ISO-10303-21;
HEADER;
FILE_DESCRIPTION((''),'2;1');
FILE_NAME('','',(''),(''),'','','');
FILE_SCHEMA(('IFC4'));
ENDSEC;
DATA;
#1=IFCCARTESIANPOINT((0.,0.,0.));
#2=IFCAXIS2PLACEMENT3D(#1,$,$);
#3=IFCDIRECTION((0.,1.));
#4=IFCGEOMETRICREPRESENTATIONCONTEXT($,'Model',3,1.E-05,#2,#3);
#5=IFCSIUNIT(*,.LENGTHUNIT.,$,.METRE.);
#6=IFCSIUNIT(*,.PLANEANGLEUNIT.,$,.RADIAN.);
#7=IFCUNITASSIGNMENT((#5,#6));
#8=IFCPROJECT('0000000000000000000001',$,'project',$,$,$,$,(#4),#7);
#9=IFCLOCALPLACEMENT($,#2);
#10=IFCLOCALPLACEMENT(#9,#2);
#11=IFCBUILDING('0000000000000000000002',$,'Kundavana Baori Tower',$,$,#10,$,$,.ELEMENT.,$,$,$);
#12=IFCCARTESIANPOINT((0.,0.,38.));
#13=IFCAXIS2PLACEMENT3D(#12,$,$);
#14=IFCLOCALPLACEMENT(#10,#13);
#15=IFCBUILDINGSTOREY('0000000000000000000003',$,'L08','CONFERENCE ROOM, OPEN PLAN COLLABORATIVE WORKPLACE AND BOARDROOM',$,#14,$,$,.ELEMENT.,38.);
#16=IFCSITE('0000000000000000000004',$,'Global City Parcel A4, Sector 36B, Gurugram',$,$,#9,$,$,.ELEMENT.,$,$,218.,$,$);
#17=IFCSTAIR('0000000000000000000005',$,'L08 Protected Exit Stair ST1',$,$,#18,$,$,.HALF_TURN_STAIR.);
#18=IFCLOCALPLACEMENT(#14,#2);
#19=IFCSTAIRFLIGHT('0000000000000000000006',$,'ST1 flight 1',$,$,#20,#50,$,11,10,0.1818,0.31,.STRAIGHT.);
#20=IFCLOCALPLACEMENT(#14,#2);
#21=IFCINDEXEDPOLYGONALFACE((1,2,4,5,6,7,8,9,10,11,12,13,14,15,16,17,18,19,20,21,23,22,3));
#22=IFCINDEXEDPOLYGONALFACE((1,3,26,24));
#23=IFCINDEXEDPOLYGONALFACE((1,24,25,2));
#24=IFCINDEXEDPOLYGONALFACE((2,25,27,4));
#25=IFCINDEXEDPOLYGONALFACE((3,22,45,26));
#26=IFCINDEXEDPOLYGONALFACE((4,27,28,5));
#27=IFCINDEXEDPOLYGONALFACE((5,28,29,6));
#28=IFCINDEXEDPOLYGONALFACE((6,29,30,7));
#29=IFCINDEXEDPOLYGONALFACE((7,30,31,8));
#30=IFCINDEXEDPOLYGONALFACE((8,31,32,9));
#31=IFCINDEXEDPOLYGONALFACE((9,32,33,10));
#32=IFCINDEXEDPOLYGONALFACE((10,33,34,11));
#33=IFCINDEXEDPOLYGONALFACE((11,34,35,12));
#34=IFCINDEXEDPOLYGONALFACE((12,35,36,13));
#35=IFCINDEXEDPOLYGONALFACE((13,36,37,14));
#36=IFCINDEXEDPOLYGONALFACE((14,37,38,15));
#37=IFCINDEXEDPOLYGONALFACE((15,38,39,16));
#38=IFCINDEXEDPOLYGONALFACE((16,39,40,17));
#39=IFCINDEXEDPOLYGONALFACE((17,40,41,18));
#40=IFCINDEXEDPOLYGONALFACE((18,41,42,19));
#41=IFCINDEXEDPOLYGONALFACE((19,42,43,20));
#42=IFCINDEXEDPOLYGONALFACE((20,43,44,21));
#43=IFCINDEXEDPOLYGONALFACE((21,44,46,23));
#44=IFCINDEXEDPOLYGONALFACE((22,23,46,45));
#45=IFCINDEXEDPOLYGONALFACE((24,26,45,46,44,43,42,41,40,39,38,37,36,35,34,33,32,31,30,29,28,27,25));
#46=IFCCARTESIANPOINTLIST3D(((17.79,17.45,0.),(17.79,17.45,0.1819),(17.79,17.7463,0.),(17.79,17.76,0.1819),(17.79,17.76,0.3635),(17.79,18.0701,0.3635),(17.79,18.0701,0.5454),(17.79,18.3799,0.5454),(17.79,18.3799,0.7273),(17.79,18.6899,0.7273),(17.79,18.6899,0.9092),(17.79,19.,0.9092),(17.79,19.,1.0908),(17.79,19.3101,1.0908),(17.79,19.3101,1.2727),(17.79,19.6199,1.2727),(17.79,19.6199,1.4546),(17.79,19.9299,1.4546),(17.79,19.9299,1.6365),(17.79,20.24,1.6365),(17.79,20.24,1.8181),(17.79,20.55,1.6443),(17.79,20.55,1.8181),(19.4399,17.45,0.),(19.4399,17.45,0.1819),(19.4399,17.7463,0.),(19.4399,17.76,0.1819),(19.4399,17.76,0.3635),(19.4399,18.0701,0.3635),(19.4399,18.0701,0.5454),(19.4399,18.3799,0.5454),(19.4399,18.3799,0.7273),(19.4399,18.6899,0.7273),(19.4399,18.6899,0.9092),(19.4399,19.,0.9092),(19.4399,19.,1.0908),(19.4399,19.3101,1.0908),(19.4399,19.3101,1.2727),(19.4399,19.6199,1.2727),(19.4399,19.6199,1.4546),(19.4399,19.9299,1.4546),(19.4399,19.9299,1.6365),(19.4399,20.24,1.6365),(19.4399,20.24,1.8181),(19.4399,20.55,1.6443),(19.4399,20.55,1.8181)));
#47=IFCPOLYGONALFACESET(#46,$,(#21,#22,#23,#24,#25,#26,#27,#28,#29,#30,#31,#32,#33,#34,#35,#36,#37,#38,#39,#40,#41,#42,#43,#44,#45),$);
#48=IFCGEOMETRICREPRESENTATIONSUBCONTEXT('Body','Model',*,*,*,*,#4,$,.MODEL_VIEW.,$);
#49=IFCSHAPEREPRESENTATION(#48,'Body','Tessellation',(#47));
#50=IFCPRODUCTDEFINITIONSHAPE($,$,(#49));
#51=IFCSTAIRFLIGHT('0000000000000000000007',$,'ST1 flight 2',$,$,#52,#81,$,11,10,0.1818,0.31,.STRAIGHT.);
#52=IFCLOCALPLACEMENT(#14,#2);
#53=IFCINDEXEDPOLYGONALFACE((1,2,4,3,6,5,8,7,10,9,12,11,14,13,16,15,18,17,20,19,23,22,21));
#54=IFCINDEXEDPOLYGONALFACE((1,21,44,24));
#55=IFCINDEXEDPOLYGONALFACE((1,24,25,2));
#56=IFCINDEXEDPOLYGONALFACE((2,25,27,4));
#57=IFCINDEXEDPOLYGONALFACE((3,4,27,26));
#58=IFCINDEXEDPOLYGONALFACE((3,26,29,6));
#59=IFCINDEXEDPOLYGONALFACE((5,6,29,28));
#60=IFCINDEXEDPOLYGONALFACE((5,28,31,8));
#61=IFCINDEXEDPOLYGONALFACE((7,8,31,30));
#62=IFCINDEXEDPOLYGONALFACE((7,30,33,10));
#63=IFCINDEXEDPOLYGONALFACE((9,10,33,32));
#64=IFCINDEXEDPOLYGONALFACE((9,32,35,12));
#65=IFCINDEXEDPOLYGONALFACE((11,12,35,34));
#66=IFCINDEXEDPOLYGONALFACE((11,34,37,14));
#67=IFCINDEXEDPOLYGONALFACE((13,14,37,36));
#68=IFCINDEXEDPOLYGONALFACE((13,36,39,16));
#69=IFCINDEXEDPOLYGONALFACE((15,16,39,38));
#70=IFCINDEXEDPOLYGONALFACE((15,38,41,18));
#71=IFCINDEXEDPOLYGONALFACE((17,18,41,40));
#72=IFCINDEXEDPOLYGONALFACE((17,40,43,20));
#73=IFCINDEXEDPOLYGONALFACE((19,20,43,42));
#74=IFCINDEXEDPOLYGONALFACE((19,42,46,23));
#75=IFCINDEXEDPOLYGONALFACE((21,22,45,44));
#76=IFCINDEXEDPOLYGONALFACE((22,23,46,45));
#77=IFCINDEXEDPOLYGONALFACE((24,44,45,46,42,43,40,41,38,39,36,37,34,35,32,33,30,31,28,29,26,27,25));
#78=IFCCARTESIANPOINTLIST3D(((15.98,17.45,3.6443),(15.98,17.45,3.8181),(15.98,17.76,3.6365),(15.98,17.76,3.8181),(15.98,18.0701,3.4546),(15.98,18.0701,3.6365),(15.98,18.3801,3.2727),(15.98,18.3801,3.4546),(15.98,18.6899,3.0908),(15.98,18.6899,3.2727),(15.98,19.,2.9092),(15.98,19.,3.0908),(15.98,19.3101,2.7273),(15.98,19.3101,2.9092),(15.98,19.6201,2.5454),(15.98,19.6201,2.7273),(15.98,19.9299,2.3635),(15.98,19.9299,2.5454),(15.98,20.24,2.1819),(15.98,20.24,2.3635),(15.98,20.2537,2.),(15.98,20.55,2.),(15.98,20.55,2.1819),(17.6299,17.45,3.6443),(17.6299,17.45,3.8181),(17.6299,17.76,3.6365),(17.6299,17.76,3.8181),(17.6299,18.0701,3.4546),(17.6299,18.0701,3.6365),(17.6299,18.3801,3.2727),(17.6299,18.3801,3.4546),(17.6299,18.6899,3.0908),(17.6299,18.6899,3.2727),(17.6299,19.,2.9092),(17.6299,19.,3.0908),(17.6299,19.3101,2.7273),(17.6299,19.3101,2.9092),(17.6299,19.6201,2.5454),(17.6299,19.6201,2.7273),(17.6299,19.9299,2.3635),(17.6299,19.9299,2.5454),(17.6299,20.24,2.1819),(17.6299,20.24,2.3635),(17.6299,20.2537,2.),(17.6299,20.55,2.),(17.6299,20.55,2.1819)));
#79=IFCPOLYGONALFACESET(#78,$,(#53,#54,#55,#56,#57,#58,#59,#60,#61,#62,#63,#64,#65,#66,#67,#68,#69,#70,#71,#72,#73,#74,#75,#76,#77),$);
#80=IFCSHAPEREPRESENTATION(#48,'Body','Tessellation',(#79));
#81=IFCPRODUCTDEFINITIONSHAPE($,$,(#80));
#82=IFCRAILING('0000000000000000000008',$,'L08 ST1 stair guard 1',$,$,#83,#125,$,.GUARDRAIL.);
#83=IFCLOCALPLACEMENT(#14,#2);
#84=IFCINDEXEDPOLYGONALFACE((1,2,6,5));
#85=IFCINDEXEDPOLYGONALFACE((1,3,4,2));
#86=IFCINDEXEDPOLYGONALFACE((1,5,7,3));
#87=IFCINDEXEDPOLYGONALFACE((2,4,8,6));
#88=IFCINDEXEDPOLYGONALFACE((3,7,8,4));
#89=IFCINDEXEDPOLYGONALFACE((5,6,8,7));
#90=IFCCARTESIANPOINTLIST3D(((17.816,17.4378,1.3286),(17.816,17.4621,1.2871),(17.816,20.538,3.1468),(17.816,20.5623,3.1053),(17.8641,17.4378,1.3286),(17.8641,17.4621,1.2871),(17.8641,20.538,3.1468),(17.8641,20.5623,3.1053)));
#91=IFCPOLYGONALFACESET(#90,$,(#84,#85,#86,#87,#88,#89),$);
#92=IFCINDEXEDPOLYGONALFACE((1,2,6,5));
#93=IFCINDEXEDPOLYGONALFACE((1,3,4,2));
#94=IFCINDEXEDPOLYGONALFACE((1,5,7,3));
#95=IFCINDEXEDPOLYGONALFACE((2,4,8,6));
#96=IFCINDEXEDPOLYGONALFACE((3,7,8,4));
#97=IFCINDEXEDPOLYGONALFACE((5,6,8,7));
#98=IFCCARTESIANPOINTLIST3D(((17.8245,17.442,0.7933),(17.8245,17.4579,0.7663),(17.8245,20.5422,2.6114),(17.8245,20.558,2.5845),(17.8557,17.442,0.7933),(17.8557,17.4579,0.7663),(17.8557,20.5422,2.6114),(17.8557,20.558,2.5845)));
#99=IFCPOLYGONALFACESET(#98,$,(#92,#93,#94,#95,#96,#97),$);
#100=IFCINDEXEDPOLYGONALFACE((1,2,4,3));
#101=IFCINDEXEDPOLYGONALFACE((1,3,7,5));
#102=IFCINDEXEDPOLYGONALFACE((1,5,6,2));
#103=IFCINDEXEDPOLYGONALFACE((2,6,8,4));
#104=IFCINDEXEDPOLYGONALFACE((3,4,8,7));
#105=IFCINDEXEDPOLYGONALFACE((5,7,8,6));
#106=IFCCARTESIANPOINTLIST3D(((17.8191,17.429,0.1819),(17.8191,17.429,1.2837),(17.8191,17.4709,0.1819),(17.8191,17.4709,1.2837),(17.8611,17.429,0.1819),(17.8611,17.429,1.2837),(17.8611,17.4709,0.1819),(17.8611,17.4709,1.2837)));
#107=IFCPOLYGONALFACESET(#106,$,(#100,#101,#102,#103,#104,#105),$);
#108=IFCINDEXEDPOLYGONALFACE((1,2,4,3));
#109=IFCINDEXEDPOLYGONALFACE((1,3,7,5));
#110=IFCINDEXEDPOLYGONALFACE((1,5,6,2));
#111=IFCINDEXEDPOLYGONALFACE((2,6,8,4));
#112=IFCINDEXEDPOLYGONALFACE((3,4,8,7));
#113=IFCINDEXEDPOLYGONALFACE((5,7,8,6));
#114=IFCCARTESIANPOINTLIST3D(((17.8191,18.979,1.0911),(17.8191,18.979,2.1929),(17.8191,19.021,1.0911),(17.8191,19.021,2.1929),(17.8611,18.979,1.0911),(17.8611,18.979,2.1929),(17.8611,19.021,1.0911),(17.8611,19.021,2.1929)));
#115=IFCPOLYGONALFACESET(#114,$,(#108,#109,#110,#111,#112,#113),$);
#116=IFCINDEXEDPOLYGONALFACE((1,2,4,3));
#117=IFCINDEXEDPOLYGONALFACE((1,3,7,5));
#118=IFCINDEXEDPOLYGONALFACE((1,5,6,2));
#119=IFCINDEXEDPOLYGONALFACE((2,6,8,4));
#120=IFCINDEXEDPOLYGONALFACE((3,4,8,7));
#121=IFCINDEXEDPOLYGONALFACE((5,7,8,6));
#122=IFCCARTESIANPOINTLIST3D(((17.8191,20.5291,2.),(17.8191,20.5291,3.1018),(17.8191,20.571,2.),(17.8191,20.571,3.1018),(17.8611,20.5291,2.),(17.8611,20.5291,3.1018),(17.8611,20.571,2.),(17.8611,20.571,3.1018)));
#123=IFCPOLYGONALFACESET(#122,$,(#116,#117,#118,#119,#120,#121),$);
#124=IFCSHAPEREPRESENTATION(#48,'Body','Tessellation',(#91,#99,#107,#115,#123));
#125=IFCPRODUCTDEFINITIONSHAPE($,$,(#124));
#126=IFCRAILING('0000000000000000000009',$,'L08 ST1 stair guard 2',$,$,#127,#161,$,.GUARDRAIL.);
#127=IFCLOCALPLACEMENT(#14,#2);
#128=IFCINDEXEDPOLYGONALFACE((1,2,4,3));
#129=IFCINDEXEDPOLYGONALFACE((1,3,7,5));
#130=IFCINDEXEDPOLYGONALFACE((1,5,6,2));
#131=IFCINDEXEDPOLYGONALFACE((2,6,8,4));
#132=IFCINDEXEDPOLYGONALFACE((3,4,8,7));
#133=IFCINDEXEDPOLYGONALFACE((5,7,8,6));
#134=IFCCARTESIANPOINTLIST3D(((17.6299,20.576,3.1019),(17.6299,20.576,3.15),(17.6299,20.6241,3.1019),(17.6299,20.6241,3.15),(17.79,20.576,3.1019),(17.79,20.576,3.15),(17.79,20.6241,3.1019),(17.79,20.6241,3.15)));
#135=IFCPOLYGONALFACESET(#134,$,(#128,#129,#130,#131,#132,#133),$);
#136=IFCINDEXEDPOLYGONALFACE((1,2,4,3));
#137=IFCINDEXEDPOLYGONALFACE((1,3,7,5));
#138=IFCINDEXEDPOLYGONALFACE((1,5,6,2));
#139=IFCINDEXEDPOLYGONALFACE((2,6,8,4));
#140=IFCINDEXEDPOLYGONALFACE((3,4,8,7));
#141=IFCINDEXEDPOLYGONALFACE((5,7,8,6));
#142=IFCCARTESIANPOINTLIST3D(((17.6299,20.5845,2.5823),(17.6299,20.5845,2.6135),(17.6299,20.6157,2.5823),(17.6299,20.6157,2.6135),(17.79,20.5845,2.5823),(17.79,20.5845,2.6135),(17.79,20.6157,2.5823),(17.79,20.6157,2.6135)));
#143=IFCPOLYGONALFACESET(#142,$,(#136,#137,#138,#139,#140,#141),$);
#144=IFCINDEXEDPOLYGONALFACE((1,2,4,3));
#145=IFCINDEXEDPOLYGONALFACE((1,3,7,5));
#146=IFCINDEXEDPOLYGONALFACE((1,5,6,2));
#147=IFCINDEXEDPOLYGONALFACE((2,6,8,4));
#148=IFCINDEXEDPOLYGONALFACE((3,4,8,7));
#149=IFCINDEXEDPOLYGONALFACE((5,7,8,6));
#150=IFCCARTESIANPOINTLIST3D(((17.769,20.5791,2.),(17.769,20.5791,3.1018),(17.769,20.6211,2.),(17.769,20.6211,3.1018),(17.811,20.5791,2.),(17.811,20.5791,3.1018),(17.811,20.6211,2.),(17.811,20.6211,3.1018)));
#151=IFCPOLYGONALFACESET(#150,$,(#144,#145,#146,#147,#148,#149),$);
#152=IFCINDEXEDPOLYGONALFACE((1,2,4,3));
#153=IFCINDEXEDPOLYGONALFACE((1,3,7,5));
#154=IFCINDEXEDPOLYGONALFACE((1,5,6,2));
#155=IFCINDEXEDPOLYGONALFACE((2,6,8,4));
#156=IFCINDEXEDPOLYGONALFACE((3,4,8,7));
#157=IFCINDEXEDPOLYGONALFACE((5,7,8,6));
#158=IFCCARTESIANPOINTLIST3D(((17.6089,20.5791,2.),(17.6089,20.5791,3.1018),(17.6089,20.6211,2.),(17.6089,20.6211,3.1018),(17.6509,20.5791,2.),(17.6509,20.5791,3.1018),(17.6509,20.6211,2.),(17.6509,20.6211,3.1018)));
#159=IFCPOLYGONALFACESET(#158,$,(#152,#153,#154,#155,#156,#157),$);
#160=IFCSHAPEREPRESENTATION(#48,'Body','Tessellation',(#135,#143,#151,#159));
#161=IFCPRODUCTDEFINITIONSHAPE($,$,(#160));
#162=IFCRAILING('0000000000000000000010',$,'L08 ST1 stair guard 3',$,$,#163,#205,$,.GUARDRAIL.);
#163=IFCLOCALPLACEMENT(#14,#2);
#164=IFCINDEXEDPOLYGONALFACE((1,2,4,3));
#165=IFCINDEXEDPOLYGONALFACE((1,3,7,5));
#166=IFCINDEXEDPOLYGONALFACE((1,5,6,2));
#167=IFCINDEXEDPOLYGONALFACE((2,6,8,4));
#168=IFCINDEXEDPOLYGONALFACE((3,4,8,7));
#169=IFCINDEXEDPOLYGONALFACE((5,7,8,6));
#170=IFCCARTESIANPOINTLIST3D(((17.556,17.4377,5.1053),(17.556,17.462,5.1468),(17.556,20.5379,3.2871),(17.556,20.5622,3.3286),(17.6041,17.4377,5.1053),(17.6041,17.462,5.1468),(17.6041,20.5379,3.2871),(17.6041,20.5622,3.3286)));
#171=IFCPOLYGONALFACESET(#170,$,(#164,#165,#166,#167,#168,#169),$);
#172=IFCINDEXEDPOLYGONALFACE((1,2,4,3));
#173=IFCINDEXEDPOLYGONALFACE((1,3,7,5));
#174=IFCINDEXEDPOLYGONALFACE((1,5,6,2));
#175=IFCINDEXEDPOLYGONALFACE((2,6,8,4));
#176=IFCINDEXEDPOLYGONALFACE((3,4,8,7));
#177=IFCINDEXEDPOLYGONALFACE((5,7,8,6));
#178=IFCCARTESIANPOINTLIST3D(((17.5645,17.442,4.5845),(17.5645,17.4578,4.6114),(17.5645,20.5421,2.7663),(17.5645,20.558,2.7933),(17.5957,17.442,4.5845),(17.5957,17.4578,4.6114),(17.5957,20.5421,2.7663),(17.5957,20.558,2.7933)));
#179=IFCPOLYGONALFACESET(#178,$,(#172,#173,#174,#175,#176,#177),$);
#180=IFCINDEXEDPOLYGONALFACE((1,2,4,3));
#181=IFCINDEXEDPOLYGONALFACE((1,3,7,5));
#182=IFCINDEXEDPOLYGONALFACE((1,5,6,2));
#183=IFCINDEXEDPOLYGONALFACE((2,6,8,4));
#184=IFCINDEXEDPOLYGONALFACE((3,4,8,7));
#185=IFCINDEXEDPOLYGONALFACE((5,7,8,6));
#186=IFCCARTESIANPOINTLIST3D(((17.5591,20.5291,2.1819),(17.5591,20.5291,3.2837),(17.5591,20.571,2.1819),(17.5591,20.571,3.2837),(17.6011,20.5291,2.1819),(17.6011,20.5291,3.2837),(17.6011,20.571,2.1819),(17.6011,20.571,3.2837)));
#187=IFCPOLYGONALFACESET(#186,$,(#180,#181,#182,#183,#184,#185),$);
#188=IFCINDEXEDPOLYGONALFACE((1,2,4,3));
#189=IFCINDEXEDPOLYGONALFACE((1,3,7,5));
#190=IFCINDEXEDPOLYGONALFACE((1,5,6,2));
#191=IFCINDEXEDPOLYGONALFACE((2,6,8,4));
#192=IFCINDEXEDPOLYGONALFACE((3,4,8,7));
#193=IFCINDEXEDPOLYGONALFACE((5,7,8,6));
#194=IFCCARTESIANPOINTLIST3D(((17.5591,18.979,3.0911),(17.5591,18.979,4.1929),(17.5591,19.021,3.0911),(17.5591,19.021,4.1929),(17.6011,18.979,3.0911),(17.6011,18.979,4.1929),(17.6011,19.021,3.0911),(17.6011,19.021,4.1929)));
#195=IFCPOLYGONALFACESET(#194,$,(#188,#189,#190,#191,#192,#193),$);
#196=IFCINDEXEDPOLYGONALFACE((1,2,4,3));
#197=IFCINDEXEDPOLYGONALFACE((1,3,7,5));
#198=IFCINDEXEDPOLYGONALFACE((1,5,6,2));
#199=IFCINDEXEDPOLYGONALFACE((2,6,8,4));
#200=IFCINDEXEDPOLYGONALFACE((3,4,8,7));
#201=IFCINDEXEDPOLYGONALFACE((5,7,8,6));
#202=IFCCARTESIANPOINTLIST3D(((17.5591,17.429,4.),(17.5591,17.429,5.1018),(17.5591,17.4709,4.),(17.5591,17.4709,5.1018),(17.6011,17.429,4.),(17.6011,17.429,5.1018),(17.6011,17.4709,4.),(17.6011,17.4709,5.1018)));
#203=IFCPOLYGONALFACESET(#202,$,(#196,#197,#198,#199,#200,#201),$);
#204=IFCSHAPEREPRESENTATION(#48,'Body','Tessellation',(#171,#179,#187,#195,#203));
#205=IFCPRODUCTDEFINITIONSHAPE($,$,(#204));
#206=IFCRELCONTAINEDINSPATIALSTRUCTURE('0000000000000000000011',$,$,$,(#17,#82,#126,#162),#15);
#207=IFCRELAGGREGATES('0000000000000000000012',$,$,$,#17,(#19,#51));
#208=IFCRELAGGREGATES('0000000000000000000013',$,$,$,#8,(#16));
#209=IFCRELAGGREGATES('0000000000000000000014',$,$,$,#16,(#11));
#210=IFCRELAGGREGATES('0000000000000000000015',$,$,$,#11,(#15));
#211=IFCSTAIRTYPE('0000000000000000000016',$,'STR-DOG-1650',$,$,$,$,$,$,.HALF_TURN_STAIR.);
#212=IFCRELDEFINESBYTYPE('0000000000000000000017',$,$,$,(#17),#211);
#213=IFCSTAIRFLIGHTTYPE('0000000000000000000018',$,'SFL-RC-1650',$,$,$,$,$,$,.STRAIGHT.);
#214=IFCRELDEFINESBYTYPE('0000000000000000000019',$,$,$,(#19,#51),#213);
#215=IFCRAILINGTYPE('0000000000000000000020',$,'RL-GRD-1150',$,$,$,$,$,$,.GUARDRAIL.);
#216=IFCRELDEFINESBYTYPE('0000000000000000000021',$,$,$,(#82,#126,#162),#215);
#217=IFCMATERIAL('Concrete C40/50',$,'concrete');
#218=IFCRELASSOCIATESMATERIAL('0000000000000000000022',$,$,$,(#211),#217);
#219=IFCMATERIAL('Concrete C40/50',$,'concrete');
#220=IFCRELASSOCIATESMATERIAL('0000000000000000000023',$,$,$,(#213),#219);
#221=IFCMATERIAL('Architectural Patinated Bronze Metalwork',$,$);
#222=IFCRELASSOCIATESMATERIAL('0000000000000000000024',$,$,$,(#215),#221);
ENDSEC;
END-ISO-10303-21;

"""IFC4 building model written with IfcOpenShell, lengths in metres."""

from ifc_helpers import new_model, si_unit, direction, frame, origin, origin_2d, place, context, subcontext, project, spatial, polyline, rectangle, outline, extrude, material, type_object, element, aggregate, save


model = new_model("IFC4")

# Units and contexts
model_context = context("Model", 3, precision=1e-05, world=origin(), true_north=direction((0.0, 1.0)))
body_context = subcontext(model_context, "Body", "Model", "MODEL_VIEW")
ifc_project = project(units=[si_unit("LENGTHUNIT", "METRE"), si_unit("PLANEANGLEUNIT", "RADIAN")], contexts=[model_context])

# Site, building, storey
site_placement = place(None, origin())
site = spatial("IfcSite", under=ifc_project, at=site_placement, Name="Global City Parcel A4, Sector 36B, Gurugram", CompositionType="ELEMENT", RefElevation=218.0)
building_placement = place(site_placement, origin())
building = spatial("IfcBuilding", under=site, at=building_placement, Name="Kundavana Baori Tower", CompositionType="ELEMENT")
storey_placement = place(building_placement, frame((0.0, 0.0, 38.0)))
storey = spatial("IfcBuildingStorey", under=building, at=storey_placement, Name="L08", Description="CONFERENCE ROOM, OPEN PLAN COLLABORATIVE WORKPLACE AND BOARDROOM", CompositionType="ELEMENT", Elevation=38.0)

# Stair, stair flights
ifc_material_1 = material(Name="Concrete C40/50", Category="concrete")
stair_type = type_object("IfcStairType", Name="STR-DOG-1650", PredefinedType="HALF_TURN_STAIR", material=ifc_material_1)
stair_placement = place(storey_placement, origin())
stair = element("IfcStair", 1, at=stair_placement, inside=storey, type_object=stair_type, Name="L08 Protected Exit Stair ST1", PredefinedType="HALF_TURN_STAIR")
ifc_material_2 = material(Name="Concrete C40/50", Category="concrete")
stair_flight_type = type_object("IfcStairFlightType", Name="SFL-RC-1650", PredefinedType="STRAIGHT", material=ifc_material_2)
stair_flight_1_placement = place(storey_placement, frame((18.615, 17.45, 0.0), z_axis=(0.0, 0.0, 1.0), x_axis=(0.0, 1.0, 0.0)))
stair_flight_1 = element("IfcStairFlight", 2, at=stair_flight_1_placement, type_object=stair_flight_type, Name="ST1 flight 1", NumberOfRisers=11, NumberOfTreads=10, PredefinedType="STRAIGHT", RiserHeight=0.1818, TreadLength=0.31, context=body_context, shape_type="SweptSolid", body=[
    extrude(outline(polyline([(0.0, 0.0), (0.0, 0.1819), (0.3101, 0.1819), (0.3101, 0.3635), (0.6201, 0.3635), (0.6201, 0.5454), (0.9299, 0.5454), (0.9299, 0.7273), (1.24, 0.7273), (1.24, 0.9092), (1.55, 0.9092), (1.55, 1.0908), (1.8601, 1.0908), (1.8601, 1.2727), (2.1699, 1.2727), (2.1699, 1.4546), (2.48, 1.4546), (2.48, 1.6365), (2.79, 1.6365), (2.79, 1.8181), (3.1001, 1.8181), (3.1001, 2.0), (3.1001, 1.6443), (0.2964, 0.0), (0.0, 0.0)])), frame((0.0, 0.825, 0.0), z_axis=(0.0, -1.0, 0.0), x_axis=(1.0, 0.0, 0.0)), (0.0, 0.0, 1.0), 1.6499),
])
stair_flight_2_placement = place(storey_placement, frame((16.8049, 20.55, 2.0), z_axis=(0.0, 0.0, 1.0), x_axis=(0.0, -1.0, 0.0)))
stair_flight_2 = element("IfcStairFlight", 3, at=stair_flight_2_placement, type_object=stair_flight_type, Name="ST1 flight 2", NumberOfRisers=11, NumberOfTreads=10, PredefinedType="STRAIGHT", RiserHeight=0.1818, TreadLength=0.31, context=body_context, shape_type="SweptSolid", body=[
    extrude(outline(polyline([(0.0, 0.0), (0.0, 0.1819), (0.3101, 0.1819), (0.3101, 0.3635), (0.6201, 0.3635), (0.6201, 0.5454), (0.9299, 0.5454), (0.9299, 0.7273), (1.24, 0.7273), (1.24, 0.9092), (1.55, 0.9092), (1.55, 1.0908), (1.8601, 1.0908), (1.8601, 1.2727), (2.1699, 1.2727), (2.1699, 1.4546), (2.48, 1.4546), (2.48, 1.6365), (2.79, 1.6365), (2.79, 1.8181), (3.1001, 1.8181), (3.1001, 2.0), (3.1001, 1.6443), (0.2964, 0.0), (0.0, 0.0)])), frame((0.0, 0.825, 0.0), z_axis=(0.0, -1.0, 0.0), x_axis=(1.0, 0.0, 0.0)), (0.0, 0.0, 1.0), 1.6499),
])
aggregate(stair, [stair_flight_1, stair_flight_2])

# Railings
ifc_material_3 = material(Name="Architectural Patinated Bronze Metalwork")
railing_type_1 = type_object("IfcRailingType", Name="RL-GRD-1150", PredefinedType="GUARDRAIL", material=ifc_material_3)
railing_1_placement = place(storey_placement, frame((17.8401, 17.45, 0.1819)))
element("IfcRailing", 4, at=railing_1_placement, inside=storey, type_object=railing_type_1, Name="L08 ST1 stair guard 1", PredefinedType="GUARDRAIL", context=body_context, shape_type="SweptSolid", body=[
    extrude(rectangle(XDim=0.0481, YDim=0.0481, at=origin_2d()), frame((0.0, 0.0, 1.126), z_axis=(0.0, 0.862599, 0.505889), x_axis=(-1.0, 0.0, 0.0)), (0.0, 0.0, 1.0), 3.594),
    extrude(rectangle(XDim=0.0312, YDim=0.0312, at=origin_2d()), frame((0.0, 0.0, 0.5979), z_axis=(0.0, 0.862599, 0.505889), x_axis=(-1.0, 0.0, 0.0)), (0.0, 0.0, 1.0), 3.594),
    extrude(rectangle(XDim=0.042, YDim=0.042, at=origin_2d()), origin(), (0.0, 0.0, 1.0), 1.1018),
    extrude(rectangle(XDim=0.042, YDim=0.042, at=origin_2d()), frame((0.0, 1.55, 0.9092)), (0.0, 0.0, 1.0), 1.1018),
    extrude(rectangle(XDim=0.042, YDim=0.042, at=origin_2d()), frame((0.0, 3.1001, 1.8181)), (0.0, 0.0, 1.0), 1.1018),
])
railing_2_placement = place(storey_placement, frame((17.79, 20.6001, 2.0)))
element("IfcRailing", 5, at=railing_2_placement, inside=storey, type_object=railing_type_1, Name="L08 ST1 stair guard 2", PredefinedType="GUARDRAIL", context=body_context, shape_type="SweptSolid", body=[
    extrude(rectangle(XDim=0.0481, YDim=0.0481, at=origin_2d()), frame((0.0, 0.0, 1.126), z_axis=(-1.0, 0.0, 0.0), x_axis=(0.0, -1.0, 0.0)), (0.0, 0.0, 1.0), 0.1602),
    extrude(rectangle(XDim=0.0312, YDim=0.0312, at=origin_2d()), frame((0.0, 0.0, 0.5979), z_axis=(-1.0, 0.0, 0.0), x_axis=(0.0, -1.0, 0.0)), (0.0, 0.0, 1.0), 0.1602),
    extrude(rectangle(XDim=0.042, YDim=0.042, at=origin_2d()), origin(), (0.0, 0.0, 1.0), 1.1018),
    extrude(rectangle(XDim=0.042, YDim=0.042, at=origin_2d()), frame((-0.1602, 0.0, 0.0)), (0.0, 0.0, 1.0), 1.1018),
])
railing_3_placement = place(storey_placement, frame((17.5801, 20.55, 2.1819)))
element("IfcRailing", 6, at=railing_3_placement, inside=storey, type_object=railing_type_1, Name="L08 ST1 stair guard 3", PredefinedType="GUARDRAIL", context=body_context, shape_type="SweptSolid", body=[
    extrude(rectangle(XDim=0.0481, YDim=0.0481, at=origin_2d()), frame((0.0, 0.0, 1.126), z_axis=(0.0, -0.862599, 0.505889), x_axis=(1.0, 0.0, 0.0)), (0.0, 0.0, 1.0), 3.594),
    extrude(rectangle(XDim=0.0312, YDim=0.0312, at=origin_2d()), frame((0.0, 0.0, 0.5979), z_axis=(0.0, -0.862599, 0.505889), x_axis=(1.0, 0.0, 0.0)), (0.0, 0.0, 1.0), 3.594),
    extrude(rectangle(XDim=0.042, YDim=0.042, at=origin_2d()), origin(), (0.0, 0.0, 1.0), 1.1018),
    extrude(rectangle(XDim=0.042, YDim=0.042, at=origin_2d()), frame((0.0, -1.55, 0.9092)), (0.0, 0.0, 1.0), 1.1018),
    extrude(rectangle(XDim=0.042, YDim=0.042, at=origin_2d()), frame((0.0, -3.1001, 1.8181)), (0.0, 0.0, 1.0), 1.1018),
])

save(model, "model.ifc")
